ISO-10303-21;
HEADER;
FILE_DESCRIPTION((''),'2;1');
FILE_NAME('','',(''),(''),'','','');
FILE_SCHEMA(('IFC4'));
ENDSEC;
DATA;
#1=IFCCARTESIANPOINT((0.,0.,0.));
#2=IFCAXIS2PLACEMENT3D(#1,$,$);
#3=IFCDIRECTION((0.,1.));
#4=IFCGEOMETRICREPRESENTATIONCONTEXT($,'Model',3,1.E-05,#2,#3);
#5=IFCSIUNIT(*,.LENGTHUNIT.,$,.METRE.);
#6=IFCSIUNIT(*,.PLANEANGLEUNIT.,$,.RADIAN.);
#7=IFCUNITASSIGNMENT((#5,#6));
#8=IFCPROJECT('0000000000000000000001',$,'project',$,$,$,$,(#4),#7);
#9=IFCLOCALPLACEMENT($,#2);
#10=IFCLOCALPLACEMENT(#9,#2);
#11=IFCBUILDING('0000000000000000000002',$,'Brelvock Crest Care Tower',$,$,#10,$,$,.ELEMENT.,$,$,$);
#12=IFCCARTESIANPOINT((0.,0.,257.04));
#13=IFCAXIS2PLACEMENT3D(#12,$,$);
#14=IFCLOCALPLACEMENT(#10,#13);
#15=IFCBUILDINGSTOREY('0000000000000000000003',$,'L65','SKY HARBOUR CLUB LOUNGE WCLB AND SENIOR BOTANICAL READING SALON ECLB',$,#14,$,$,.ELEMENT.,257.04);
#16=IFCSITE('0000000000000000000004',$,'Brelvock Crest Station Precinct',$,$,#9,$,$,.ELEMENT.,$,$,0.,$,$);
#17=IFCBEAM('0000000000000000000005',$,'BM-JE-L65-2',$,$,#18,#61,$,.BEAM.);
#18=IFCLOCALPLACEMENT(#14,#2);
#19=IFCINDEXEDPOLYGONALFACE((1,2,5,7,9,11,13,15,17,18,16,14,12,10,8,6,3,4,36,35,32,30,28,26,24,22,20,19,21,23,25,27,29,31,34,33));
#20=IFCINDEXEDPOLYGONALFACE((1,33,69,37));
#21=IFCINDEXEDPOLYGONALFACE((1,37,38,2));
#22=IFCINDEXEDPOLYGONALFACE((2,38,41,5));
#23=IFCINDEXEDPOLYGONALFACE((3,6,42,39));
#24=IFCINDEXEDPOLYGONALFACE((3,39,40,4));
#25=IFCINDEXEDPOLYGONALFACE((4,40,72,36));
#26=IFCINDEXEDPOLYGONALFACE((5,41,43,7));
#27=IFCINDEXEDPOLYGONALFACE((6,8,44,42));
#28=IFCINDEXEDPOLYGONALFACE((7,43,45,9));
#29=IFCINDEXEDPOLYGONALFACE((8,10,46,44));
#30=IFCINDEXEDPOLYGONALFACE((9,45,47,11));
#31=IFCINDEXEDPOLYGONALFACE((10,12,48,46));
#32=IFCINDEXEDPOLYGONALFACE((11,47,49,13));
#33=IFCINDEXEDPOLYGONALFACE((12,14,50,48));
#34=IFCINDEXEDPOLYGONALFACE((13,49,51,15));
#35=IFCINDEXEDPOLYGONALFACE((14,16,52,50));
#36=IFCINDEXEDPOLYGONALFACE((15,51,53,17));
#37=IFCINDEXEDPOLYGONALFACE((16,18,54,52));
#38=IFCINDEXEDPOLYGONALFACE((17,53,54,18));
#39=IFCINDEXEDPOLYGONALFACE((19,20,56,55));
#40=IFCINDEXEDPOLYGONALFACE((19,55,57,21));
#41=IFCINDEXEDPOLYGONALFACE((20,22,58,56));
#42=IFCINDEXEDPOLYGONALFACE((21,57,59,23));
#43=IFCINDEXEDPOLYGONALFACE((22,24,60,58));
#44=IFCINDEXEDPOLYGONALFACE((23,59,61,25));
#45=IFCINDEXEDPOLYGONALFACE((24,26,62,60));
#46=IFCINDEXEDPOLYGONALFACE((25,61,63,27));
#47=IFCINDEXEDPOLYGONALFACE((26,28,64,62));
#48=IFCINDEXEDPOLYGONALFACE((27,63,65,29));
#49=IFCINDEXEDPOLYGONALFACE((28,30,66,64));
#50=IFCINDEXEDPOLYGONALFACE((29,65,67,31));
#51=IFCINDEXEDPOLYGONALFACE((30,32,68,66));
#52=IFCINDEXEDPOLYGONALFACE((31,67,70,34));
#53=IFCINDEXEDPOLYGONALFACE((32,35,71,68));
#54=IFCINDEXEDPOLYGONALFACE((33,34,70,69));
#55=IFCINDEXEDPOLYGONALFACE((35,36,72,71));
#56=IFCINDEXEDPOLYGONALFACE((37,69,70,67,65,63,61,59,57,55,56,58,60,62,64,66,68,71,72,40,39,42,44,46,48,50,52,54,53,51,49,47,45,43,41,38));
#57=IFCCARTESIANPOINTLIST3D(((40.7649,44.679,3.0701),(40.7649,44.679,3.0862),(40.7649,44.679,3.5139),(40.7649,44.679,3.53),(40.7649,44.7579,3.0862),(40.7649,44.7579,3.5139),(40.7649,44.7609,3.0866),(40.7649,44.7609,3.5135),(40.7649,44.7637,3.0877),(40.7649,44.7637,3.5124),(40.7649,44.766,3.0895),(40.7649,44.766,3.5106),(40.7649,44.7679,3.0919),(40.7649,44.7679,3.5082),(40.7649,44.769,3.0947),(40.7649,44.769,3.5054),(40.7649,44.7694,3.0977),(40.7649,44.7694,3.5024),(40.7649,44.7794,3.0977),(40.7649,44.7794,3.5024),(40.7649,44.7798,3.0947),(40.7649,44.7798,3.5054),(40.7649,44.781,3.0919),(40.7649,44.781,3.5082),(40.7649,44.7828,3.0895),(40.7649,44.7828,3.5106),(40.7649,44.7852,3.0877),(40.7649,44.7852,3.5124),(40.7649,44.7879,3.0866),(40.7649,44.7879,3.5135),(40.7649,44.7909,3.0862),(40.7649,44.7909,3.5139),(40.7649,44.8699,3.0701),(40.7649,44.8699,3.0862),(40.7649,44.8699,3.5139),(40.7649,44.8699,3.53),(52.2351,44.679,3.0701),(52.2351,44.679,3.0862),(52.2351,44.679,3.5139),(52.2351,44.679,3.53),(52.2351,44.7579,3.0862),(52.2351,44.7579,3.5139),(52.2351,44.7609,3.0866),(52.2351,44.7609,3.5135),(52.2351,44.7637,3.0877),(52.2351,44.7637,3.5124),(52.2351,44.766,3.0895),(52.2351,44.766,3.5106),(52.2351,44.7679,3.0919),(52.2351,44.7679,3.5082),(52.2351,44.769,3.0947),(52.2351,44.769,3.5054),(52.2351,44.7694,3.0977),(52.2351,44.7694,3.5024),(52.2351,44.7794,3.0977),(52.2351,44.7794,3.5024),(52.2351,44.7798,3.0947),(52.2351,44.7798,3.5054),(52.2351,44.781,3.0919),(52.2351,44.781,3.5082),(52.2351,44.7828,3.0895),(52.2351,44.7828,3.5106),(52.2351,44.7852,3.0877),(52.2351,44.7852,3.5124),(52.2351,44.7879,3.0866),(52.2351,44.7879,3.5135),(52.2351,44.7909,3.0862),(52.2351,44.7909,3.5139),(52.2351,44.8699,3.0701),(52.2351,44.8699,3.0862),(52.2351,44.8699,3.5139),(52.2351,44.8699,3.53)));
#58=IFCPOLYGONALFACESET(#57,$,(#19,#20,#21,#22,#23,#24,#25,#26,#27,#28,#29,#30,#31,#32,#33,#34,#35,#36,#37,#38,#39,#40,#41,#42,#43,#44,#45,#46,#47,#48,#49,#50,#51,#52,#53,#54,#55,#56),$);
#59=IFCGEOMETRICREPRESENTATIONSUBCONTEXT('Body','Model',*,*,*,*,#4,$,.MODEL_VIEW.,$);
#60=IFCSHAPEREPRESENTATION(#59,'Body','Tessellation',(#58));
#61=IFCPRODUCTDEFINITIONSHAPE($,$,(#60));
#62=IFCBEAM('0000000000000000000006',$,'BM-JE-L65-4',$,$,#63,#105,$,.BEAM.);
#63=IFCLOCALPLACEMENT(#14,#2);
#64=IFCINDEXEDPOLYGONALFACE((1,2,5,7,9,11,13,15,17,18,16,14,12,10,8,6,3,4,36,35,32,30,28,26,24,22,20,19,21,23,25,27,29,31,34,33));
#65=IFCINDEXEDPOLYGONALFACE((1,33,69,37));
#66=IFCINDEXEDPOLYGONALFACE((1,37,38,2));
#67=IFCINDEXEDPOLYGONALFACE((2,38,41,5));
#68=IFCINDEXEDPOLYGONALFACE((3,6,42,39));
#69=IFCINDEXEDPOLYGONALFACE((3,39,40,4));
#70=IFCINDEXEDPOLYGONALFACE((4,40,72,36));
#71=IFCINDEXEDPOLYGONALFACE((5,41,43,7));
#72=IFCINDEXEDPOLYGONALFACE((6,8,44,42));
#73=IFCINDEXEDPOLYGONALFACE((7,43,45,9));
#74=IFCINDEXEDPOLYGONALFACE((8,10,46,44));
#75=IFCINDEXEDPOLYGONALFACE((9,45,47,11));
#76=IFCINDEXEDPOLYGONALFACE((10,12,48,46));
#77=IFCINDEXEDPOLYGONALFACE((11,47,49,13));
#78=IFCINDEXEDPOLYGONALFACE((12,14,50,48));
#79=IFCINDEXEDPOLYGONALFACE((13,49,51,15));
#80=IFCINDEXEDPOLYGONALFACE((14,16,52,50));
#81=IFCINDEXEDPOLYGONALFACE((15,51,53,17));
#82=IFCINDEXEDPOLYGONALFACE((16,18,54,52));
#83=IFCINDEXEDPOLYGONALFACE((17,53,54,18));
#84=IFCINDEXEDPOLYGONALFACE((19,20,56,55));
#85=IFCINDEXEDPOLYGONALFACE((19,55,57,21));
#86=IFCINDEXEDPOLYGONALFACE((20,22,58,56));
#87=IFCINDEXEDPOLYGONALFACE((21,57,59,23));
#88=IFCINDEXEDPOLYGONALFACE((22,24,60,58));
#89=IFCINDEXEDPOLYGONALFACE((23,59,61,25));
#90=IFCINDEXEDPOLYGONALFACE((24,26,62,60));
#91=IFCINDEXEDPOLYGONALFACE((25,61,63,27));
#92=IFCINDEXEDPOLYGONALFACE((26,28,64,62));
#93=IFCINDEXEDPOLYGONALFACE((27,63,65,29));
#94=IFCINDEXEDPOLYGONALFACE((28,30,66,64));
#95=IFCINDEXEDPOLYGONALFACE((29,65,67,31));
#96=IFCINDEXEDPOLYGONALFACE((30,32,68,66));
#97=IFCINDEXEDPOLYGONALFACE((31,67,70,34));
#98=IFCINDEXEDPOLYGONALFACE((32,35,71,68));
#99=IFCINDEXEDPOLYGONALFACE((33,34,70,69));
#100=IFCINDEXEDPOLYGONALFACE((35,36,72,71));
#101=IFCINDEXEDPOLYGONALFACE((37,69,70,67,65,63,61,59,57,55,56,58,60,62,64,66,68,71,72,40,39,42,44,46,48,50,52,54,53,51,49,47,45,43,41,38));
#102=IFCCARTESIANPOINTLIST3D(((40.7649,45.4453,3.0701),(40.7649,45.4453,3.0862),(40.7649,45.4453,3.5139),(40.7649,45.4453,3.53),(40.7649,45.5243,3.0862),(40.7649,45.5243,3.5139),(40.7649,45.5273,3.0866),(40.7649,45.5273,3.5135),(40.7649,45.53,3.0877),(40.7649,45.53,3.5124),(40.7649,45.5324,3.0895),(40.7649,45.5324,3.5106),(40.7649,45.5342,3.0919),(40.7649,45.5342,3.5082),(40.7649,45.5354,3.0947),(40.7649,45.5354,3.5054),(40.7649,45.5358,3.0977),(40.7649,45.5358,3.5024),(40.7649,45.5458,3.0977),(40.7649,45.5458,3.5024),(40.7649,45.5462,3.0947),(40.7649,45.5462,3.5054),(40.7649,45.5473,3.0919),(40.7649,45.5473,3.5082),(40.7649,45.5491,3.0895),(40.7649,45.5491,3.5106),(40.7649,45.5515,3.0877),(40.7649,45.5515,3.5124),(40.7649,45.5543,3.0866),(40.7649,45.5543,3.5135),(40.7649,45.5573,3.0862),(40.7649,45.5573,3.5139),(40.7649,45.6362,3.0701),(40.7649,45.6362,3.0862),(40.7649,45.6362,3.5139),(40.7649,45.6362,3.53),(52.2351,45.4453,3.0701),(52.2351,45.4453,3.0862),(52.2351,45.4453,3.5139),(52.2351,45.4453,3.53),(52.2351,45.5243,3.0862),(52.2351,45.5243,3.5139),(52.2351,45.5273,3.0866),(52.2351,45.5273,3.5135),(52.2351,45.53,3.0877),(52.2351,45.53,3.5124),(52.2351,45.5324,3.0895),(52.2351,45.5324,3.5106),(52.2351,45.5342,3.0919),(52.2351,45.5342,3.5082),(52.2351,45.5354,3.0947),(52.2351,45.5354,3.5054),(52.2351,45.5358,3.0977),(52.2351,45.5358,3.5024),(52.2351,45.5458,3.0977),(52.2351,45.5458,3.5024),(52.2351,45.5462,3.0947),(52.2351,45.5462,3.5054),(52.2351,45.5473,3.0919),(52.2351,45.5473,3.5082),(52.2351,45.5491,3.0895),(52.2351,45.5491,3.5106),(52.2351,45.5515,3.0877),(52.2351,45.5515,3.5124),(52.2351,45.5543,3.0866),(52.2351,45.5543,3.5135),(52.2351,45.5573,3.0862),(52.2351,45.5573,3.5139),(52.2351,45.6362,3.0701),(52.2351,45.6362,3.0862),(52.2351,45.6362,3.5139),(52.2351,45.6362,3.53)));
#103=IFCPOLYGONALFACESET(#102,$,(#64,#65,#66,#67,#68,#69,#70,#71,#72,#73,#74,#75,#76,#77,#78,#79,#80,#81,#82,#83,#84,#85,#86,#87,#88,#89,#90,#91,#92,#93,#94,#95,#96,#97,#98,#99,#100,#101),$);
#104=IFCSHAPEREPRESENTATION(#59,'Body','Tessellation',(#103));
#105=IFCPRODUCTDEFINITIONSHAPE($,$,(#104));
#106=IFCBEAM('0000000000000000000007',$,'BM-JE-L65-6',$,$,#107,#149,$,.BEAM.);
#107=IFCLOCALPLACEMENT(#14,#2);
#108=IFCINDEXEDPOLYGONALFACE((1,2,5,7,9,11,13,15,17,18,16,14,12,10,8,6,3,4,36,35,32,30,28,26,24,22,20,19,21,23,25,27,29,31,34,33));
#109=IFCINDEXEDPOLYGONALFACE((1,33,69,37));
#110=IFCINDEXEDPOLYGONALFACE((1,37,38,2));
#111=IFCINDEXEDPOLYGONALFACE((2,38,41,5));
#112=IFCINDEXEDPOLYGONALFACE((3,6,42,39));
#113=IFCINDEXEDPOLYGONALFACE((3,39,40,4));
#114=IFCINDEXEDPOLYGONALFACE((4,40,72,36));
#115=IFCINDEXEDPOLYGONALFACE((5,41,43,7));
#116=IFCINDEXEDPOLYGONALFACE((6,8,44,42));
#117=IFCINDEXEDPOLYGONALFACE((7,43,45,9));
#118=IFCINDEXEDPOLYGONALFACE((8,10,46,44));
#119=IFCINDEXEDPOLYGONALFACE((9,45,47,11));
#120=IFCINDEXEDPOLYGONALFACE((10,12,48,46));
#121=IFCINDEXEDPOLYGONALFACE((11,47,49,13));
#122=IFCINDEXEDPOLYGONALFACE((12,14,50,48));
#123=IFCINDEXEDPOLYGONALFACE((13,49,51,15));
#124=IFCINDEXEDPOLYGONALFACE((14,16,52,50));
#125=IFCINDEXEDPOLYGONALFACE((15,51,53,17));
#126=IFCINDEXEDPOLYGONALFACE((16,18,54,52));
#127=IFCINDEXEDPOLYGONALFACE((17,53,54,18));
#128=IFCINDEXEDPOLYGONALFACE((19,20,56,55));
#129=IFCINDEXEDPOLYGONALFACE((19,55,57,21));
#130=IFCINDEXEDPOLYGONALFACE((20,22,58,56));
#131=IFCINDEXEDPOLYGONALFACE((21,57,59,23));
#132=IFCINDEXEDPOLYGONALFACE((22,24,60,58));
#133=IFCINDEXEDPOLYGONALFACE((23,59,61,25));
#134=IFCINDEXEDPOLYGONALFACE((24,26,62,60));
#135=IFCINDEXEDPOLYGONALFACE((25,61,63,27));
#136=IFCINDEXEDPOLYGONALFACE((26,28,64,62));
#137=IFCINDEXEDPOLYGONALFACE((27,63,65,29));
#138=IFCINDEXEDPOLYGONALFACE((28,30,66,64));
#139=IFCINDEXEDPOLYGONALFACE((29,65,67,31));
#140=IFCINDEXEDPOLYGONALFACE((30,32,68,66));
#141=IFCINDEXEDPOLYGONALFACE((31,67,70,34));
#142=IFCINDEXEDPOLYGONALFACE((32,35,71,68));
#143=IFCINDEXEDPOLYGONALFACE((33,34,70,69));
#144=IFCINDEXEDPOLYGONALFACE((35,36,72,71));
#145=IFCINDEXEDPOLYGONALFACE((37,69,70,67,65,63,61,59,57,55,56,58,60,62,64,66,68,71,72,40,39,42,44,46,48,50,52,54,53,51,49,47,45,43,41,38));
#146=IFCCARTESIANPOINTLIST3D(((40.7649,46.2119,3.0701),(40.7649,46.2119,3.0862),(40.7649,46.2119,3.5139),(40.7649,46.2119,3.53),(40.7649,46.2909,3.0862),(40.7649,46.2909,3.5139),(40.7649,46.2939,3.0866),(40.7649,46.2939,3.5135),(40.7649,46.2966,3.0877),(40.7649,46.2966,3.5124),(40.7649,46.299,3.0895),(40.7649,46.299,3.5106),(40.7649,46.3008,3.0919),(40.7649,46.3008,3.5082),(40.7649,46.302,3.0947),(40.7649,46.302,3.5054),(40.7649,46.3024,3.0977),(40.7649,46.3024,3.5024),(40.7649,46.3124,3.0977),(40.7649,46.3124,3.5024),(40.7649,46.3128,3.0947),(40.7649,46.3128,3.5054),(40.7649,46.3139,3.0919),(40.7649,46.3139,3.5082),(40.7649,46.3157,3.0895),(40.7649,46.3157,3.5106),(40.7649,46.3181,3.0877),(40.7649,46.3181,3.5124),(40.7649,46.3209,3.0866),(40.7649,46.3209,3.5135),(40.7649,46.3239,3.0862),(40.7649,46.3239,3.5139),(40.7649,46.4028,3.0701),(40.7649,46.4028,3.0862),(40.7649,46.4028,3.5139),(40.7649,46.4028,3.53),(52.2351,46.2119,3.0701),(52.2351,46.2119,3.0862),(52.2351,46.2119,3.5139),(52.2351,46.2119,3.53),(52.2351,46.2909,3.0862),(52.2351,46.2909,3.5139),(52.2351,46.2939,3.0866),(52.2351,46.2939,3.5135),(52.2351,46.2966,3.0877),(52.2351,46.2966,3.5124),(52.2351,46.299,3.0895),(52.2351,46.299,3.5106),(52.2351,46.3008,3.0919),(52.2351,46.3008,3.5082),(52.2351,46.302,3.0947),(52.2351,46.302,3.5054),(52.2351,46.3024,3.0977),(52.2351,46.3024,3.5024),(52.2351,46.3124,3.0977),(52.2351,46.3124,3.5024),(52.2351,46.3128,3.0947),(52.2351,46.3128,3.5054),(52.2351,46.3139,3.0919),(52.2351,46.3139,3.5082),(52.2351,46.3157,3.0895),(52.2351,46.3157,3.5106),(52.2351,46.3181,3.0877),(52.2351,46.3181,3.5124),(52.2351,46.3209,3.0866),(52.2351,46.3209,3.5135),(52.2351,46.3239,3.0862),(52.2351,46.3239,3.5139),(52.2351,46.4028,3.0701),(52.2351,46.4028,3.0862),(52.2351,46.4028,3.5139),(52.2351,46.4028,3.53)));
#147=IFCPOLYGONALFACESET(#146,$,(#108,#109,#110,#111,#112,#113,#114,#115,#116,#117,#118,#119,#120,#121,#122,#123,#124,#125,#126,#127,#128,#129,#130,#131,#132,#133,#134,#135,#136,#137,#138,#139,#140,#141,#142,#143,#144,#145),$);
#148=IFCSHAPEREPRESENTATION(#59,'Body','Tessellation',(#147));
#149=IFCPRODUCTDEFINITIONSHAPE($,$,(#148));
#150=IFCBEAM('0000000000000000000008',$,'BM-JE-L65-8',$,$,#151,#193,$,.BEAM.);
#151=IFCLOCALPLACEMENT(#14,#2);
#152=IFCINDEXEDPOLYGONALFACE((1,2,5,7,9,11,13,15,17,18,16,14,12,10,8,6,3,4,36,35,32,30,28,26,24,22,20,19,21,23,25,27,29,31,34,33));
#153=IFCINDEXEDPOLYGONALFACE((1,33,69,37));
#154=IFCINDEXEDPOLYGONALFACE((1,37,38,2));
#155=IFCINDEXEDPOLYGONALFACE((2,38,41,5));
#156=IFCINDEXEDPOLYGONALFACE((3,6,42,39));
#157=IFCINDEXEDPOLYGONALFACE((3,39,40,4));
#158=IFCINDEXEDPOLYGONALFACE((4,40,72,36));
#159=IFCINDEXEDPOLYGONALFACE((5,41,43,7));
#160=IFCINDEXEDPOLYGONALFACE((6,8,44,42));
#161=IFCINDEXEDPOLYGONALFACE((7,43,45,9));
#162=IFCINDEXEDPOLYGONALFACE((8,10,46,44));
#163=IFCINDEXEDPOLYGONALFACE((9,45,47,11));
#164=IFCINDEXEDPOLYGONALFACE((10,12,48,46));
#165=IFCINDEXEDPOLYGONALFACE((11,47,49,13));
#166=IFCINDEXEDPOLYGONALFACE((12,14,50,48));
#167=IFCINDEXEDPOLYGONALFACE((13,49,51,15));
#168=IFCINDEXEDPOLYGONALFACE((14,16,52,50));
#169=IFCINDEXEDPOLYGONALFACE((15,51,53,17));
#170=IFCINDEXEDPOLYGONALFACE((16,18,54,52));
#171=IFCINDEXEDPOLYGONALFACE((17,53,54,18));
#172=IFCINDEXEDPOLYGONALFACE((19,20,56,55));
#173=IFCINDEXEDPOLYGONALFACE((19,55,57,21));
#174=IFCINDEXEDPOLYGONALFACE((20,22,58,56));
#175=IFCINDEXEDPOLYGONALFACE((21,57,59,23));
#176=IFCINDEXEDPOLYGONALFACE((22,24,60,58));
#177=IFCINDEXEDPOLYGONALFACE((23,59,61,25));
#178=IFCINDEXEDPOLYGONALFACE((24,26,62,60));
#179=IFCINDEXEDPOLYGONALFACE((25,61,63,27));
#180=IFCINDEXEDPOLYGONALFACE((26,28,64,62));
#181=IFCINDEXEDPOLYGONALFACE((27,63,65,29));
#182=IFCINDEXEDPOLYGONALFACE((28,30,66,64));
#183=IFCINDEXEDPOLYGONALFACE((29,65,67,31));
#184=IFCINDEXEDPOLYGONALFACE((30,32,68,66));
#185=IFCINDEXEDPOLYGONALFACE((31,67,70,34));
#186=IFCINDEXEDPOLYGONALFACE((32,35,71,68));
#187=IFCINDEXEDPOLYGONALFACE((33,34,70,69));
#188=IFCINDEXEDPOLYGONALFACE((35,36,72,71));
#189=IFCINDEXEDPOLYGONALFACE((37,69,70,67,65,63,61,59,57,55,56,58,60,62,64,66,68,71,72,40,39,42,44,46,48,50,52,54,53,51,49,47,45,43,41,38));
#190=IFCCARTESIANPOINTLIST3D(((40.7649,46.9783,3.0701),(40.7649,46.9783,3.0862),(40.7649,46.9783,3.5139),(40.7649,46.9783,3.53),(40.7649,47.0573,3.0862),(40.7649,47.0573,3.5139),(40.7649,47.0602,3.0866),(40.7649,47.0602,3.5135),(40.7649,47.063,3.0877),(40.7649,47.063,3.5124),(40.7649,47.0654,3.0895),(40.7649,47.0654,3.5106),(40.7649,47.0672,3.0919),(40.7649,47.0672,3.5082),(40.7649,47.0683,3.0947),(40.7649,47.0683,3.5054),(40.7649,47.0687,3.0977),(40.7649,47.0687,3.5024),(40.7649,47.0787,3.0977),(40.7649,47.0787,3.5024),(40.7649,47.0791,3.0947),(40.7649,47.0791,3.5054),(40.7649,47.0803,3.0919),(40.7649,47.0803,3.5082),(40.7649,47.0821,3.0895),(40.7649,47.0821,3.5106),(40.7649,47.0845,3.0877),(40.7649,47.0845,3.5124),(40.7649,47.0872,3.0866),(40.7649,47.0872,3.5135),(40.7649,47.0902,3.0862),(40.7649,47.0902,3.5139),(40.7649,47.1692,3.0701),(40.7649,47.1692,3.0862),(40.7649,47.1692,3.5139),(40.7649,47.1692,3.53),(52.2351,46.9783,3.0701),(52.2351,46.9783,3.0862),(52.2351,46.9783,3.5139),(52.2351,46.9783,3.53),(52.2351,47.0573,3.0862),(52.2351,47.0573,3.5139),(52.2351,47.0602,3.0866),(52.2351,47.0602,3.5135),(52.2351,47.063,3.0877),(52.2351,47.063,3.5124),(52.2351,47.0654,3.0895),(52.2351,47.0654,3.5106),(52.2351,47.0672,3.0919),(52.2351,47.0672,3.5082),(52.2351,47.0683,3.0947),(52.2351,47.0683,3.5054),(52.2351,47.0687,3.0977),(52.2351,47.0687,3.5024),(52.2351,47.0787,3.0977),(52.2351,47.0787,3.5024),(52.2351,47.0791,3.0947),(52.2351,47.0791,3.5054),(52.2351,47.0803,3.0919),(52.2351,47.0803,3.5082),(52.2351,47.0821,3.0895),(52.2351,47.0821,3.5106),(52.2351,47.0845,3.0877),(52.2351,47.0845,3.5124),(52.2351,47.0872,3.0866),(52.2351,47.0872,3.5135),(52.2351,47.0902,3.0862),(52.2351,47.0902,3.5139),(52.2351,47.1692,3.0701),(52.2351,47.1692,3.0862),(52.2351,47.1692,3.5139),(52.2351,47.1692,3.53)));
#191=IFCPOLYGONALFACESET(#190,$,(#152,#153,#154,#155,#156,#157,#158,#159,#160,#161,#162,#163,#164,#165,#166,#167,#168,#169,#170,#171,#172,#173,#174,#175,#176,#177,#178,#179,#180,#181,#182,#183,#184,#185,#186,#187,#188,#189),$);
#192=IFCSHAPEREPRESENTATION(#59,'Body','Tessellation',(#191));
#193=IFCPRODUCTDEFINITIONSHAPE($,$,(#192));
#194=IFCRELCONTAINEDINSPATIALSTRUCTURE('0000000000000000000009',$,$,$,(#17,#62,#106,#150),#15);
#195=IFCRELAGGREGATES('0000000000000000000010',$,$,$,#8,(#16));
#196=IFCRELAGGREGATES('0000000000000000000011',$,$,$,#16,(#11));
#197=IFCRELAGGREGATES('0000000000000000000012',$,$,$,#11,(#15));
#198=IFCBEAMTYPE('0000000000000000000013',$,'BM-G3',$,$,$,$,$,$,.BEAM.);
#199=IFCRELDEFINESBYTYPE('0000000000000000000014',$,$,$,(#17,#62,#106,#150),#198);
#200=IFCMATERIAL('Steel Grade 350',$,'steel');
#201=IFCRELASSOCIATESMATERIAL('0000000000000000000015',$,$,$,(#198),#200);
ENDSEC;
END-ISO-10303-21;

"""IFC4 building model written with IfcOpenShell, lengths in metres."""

from ifc_helpers import new_model, si_unit, direction, frame, origin, origin_2d, place, context, subcontext, project, spatial, i_section, extrude, source, transform, mapped, material, material_profile, profile_set, type_object, element, save


model = new_model("IFC4")

# Units and contexts
model_context = context("Model", 3, precision=1e-05, world=origin(), true_north=direction((0.0, 1.0)))
body_context = subcontext(model_context, "Body", "Model", "MODEL_VIEW")
ifc_project = project(units=[si_unit("LENGTHUNIT", "METRE"), si_unit("PLANEANGLEUNIT", "RADIAN")], contexts=[model_context])

# Site, building, storey
site_placement = place(None, origin())
site = spatial("IfcSite", under=ifc_project, at=site_placement, Name="Brelvock Crest Station Precinct", CompositionType="ELEMENT", RefElevation=0.0)
building_placement = place(site_placement, origin())
building = spatial("IfcBuilding", under=site, at=building_placement, Name="Brelvock Crest Care Tower", CompositionType="ELEMENT")
storey_placement = place(building_placement, frame((0.0, 0.0, 257.04)))
storey = spatial("IfcBuildingStorey", under=building, at=storey_placement, Name="L65", Description="SKY HARBOUR CLUB LOUNGE WCLB AND SENIOR BOTANICAL READING SALON ECLB", CompositionType="ELEMENT", Elevation=257.04)

# Beams
ifc_material_1 = material(Name="Steel Grade 350", Category="steel")
ifc_material_profile_1 = material_profile(ifc_material_1, i_section(OverallWidth=0.1909, OverallDepth=0.46, WebThickness=0.01, FlangeThickness=0.0161, FilletRadius=0.0115, at=origin_2d()), Name="460UB82.1")
ifc_profile_set_1 = profile_set([ifc_material_profile_1], Name="Steel Grade 350")
beam_type_1 = type_object("IfcBeamType", Name="BM-G3", PredefinedType="BEAM", material=ifc_profile_set_1)
shared_shape_1 = source(origin(), body_context, "Body", "SweptSolid", [
    extrude(i_section(OverallWidth=0.1909, OverallDepth=0.46, WebThickness=0.01, FlangeThickness=0.0161, FilletRadius=0.0115, at=origin_2d()), origin(), (0.0, 0.0, 1.0), 11.4702),
])
for number, where, z_axis, x_axis, name in (
    (1, (40.7649, 44.7744, 3.3), (1.0, 0.0, 0.0), (0.0, 1.0, 0.0), "BM-JE-L65-2"),
    (2, (40.7649, 45.5408, 3.3), (1.0, 0.0, 0.0), (0.0, 1.0, 0.0), "BM-JE-L65-4"),
    (3, (40.7649, 46.3074, 3.3), (1.0, 0.0, 0.0), (0.0, 1.0, 0.0), "BM-JE-L65-6"),
    (4, (40.7649, 47.0737, 3.3), (1.0, 0.0, 0.0), (0.0, 1.0, 0.0), "BM-JE-L65-8"),
):
    element("IfcBeam", number, at=place(storey_placement, frame(where, z_axis=z_axis, x_axis=x_axis)), inside=storey, type_object=beam_type_1, Name=name, PredefinedType="BEAM", context=body_context, shape_type="MappedRepresentation", body=[
        mapped(shared_shape_1, transform((0.0, 0.0, 0.0), x_axis=(1.0, 0.0, 0.0), y_axis=(0.0, 1.0, 0.0), z_axis=(0.0, 0.0, 1.0), scale=1.0)),
    ])

save(model, "model.ifc")
